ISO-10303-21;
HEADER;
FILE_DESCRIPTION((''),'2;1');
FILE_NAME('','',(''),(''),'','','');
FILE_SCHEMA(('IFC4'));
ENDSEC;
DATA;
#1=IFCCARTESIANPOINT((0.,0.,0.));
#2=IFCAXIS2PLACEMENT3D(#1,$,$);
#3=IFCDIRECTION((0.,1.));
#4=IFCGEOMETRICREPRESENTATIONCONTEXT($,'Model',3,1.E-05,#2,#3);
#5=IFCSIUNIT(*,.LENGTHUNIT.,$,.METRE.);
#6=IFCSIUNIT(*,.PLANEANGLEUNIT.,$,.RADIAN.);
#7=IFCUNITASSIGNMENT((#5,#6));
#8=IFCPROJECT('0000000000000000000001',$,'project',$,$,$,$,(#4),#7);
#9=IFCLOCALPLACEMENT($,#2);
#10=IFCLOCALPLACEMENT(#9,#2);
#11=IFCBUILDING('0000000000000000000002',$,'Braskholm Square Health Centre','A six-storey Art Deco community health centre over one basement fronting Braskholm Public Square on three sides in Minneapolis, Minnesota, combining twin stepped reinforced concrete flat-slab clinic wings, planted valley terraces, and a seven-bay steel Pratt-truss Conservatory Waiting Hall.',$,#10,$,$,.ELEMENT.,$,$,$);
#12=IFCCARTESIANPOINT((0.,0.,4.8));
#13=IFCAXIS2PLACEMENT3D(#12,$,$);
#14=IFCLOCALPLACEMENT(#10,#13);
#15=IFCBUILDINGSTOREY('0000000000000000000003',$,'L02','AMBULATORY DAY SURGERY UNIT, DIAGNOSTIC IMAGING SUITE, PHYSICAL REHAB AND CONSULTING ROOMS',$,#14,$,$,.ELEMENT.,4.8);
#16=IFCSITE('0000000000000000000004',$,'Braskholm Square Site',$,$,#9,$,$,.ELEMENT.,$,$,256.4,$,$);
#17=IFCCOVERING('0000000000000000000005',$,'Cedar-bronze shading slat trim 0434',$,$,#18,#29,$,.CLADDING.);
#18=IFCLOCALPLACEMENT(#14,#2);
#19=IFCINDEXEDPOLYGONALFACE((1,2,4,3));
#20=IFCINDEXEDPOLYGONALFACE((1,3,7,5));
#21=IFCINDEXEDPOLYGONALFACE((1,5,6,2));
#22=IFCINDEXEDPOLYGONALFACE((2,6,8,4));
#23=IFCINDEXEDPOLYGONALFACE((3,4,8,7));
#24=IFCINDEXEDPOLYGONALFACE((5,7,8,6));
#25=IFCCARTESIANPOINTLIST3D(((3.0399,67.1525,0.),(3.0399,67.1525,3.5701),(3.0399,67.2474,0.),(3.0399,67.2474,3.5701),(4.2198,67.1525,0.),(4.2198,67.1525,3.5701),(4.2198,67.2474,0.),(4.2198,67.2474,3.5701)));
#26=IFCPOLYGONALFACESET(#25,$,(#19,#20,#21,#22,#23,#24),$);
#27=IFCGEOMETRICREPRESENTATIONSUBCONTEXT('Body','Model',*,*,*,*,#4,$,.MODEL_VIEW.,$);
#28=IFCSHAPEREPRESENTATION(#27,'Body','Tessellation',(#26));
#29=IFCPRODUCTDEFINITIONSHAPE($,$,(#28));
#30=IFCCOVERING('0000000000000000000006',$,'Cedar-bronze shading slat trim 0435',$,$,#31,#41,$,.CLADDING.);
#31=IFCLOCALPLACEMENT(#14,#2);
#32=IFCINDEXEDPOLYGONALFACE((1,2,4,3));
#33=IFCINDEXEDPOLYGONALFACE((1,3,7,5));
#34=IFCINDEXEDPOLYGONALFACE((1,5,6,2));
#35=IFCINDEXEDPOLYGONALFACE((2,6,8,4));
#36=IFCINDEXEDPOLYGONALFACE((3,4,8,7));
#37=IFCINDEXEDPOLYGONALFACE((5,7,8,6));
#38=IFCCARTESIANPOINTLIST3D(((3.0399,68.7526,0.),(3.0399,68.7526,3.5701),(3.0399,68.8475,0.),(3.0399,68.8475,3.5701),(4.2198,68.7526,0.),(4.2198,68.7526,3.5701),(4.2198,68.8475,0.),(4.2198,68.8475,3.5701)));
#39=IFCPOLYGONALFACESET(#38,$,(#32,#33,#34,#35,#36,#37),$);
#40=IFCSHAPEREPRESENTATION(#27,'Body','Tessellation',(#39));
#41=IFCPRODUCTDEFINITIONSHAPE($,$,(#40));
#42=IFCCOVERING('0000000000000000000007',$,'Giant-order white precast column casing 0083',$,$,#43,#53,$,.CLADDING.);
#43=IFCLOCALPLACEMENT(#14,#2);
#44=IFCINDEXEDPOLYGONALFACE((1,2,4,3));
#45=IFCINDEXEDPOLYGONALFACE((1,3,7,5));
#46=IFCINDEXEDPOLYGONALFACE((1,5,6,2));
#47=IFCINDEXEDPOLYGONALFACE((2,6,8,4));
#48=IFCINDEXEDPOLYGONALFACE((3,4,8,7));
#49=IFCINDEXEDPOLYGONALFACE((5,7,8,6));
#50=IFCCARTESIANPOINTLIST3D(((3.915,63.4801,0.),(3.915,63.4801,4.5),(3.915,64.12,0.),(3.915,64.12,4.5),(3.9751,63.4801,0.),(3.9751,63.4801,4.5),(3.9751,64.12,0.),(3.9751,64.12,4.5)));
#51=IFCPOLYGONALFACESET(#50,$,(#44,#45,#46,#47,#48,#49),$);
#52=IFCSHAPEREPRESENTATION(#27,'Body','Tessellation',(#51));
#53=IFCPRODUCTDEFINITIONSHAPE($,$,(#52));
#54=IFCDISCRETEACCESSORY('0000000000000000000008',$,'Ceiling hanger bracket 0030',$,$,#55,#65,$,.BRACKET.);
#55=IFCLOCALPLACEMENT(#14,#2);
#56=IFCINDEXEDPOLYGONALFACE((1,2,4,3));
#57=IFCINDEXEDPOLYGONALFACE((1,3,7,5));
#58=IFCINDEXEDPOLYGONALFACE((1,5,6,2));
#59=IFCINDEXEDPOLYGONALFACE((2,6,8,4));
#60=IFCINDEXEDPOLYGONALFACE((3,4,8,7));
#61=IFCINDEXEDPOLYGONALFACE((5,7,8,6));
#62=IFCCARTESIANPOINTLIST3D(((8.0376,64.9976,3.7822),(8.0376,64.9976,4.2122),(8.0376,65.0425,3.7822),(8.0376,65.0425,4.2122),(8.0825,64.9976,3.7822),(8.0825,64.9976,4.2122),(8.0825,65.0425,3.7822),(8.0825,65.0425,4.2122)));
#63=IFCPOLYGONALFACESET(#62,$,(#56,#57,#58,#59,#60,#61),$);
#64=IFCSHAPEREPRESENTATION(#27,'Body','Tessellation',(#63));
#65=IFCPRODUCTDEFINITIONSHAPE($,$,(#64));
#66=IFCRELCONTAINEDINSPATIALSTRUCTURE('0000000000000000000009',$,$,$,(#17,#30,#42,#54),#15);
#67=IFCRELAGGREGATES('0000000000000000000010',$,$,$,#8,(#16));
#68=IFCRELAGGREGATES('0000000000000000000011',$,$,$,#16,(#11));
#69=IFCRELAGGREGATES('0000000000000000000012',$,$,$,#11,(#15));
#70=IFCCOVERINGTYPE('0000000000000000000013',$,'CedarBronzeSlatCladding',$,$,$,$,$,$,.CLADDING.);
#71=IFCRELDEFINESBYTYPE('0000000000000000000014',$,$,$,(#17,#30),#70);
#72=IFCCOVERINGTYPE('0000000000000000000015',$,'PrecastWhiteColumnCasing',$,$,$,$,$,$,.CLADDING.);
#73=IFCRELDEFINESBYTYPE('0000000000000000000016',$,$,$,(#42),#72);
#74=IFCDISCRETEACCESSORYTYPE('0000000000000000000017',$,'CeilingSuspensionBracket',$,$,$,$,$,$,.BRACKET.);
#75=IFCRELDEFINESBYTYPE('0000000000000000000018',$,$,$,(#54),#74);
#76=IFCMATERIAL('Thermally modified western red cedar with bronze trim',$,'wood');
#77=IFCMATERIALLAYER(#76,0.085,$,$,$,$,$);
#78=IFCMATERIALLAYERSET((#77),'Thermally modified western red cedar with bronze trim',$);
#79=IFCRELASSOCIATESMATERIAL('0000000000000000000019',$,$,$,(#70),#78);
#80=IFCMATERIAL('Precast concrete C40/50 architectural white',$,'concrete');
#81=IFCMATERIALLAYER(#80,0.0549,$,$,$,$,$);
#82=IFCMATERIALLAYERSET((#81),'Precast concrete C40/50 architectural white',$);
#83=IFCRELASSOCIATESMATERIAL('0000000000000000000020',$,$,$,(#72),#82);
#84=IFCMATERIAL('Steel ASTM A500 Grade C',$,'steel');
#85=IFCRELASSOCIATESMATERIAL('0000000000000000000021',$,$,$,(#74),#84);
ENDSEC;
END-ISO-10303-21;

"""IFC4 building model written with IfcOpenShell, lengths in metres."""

from ifc_helpers import new_model, si_unit, direction, frame, origin, origin_2d, place, context, subcontext, project, spatial, rectangle, extrude, material, layer, layer_set, type_object, element, save


model = new_model("IFC4")

# Units and contexts
model_context = context("Model", 3, precision=1e-05, world=origin(), true_north=direction((0.0, 1.0)))
body_context = subcontext(model_context, "Body", "Model", "MODEL_VIEW")
ifc_project = project(units=[si_unit("LENGTHUNIT", "METRE"), si_unit("PLANEANGLEUNIT", "RADIAN")], contexts=[model_context])

# Site, building, storey
site_placement = place(None, origin())
site = spatial("IfcSite", under=ifc_project, at=site_placement, Name="Braskholm Square Site", CompositionType="ELEMENT", RefElevation=256.4)
building_placement = place(site_placement, origin())
building = spatial("IfcBuilding", under=site, at=building_placement, Name="Braskholm Square Health Centre", Description="A six-storey Art Deco community health centre over one basement fronting Braskholm Public Square on three sides in Minneapolis, Minnesota, combining twin stepped reinforced concrete flat-slab clinic wings, planted valley terraces, and a seven-bay steel Pratt-truss Conservatory Waiting Hall.", CompositionType="ELEMENT")
storey_placement = place(building_placement, frame((0.0, 0.0, 4.8)))
storey = spatial("IfcBuildingStorey", under=building, at=storey_placement, Name="L02", Description="AMBULATORY DAY SURGERY UNIT, DIAGNOSTIC IMAGING SUITE, PHYSICAL REHAB AND CONSULTING ROOMS", CompositionType="ELEMENT", Elevation=4.8)

# Shared definitions
ifc_material_1 = material(Name="Precast concrete C40/50 architectural white", Category="concrete")

# Shared definitions
ifc_material_2 = material(Name="Thermally modified western red cedar with bronze trim", Category="wood")

# Coverings
ifc_layer_1 = layer(ifc_material_2, 0.085)
ifc_layer_set_1 = layer_set([ifc_layer_1], Name="Thermally modified western red cedar with bronze trim")
covering_type_1 = type_object("IfcCoveringType", Name="CedarBronzeSlatCladding", PredefinedType="CLADDING", material=ifc_layer_set_1)
for number, where, z_axis, x_axis, name in (
    (1, (3.6299, 67.2, 0.0), (0.0, 0.0, 1.0), (1.0, 0.0, 0.0), "Cedar-bronze shading slat trim 0434"),
    (2, (3.6299, 68.8, 0.0), (0.0, 0.0, 1.0), (1.0, 0.0, 0.0), "Cedar-bronze shading slat trim 0435"),
):
    element("IfcCovering", number, at=place(storey_placement, frame(where, z_axis=z_axis, x_axis=x_axis)), inside=storey, type_object=covering_type_1, Name=name, PredefinedType="CLADDING", context=body_context, shape_type="SweptSolid", body=[
        extrude(rectangle(XDim=1.1799, YDim=0.095, at=origin_2d()), origin(), (0.0, 0.0, 1.0), 3.5701),
    ])
ifc_layer_2 = layer(ifc_material_1, 0.0549)
ifc_layer_set_2 = layer_set([ifc_layer_2], Name="Precast concrete C40/50 architectural white")
covering_type_2 = type_object("IfcCoveringType", Name="PrecastWhiteColumnCasing", PredefinedType="CLADDING", material=ifc_layer_set_2)
covering_placement = place(storey_placement, frame((3.9451, 63.8, 0.0), z_axis=(0.0, 0.0, 1.0), x_axis=(1.0, 0.0, 0.0)))
element("IfcCovering", 3, at=covering_placement, inside=storey, type_object=covering_type_2, Name="Giant-order white precast column casing 0083", PredefinedType="CLADDING", context=body_context, shape_type="SweptSolid", body=[
    extrude(rectangle(XDim=0.0601, YDim=0.6399, at=origin_2d()), origin(), (0.0, 0.0, 1.0), 4.5),
])

# Discrete accessory
ifc_material_3 = material(Name="Steel ASTM A500 Grade C", Category="steel")
discrete_accessory_type = type_object("IfcDiscreteAccessoryType", Name="CeilingSuspensionBracket", PredefinedType="BRACKET", material=ifc_material_3)
discrete_accessory_placement = place(storey_placement, frame((8.0601, 65.02, 3.7822), z_axis=(0.0, 0.0, 1.0), x_axis=(1.0, 0.0, 0.0)))
element("IfcDiscreteAccessory", 4, at=discrete_accessory_placement, inside=storey, type_object=discrete_accessory_type, Name="Ceiling hanger bracket 0030", PredefinedType="BRACKET", context=body_context, shape_type="SweptSolid", body=[
    extrude(rectangle(XDim=0.0449, YDim=0.0449, at=origin_2d()), origin(), (0.0, 0.0, 1.0), 0.4299),
])

save(model, "model.ifc")
